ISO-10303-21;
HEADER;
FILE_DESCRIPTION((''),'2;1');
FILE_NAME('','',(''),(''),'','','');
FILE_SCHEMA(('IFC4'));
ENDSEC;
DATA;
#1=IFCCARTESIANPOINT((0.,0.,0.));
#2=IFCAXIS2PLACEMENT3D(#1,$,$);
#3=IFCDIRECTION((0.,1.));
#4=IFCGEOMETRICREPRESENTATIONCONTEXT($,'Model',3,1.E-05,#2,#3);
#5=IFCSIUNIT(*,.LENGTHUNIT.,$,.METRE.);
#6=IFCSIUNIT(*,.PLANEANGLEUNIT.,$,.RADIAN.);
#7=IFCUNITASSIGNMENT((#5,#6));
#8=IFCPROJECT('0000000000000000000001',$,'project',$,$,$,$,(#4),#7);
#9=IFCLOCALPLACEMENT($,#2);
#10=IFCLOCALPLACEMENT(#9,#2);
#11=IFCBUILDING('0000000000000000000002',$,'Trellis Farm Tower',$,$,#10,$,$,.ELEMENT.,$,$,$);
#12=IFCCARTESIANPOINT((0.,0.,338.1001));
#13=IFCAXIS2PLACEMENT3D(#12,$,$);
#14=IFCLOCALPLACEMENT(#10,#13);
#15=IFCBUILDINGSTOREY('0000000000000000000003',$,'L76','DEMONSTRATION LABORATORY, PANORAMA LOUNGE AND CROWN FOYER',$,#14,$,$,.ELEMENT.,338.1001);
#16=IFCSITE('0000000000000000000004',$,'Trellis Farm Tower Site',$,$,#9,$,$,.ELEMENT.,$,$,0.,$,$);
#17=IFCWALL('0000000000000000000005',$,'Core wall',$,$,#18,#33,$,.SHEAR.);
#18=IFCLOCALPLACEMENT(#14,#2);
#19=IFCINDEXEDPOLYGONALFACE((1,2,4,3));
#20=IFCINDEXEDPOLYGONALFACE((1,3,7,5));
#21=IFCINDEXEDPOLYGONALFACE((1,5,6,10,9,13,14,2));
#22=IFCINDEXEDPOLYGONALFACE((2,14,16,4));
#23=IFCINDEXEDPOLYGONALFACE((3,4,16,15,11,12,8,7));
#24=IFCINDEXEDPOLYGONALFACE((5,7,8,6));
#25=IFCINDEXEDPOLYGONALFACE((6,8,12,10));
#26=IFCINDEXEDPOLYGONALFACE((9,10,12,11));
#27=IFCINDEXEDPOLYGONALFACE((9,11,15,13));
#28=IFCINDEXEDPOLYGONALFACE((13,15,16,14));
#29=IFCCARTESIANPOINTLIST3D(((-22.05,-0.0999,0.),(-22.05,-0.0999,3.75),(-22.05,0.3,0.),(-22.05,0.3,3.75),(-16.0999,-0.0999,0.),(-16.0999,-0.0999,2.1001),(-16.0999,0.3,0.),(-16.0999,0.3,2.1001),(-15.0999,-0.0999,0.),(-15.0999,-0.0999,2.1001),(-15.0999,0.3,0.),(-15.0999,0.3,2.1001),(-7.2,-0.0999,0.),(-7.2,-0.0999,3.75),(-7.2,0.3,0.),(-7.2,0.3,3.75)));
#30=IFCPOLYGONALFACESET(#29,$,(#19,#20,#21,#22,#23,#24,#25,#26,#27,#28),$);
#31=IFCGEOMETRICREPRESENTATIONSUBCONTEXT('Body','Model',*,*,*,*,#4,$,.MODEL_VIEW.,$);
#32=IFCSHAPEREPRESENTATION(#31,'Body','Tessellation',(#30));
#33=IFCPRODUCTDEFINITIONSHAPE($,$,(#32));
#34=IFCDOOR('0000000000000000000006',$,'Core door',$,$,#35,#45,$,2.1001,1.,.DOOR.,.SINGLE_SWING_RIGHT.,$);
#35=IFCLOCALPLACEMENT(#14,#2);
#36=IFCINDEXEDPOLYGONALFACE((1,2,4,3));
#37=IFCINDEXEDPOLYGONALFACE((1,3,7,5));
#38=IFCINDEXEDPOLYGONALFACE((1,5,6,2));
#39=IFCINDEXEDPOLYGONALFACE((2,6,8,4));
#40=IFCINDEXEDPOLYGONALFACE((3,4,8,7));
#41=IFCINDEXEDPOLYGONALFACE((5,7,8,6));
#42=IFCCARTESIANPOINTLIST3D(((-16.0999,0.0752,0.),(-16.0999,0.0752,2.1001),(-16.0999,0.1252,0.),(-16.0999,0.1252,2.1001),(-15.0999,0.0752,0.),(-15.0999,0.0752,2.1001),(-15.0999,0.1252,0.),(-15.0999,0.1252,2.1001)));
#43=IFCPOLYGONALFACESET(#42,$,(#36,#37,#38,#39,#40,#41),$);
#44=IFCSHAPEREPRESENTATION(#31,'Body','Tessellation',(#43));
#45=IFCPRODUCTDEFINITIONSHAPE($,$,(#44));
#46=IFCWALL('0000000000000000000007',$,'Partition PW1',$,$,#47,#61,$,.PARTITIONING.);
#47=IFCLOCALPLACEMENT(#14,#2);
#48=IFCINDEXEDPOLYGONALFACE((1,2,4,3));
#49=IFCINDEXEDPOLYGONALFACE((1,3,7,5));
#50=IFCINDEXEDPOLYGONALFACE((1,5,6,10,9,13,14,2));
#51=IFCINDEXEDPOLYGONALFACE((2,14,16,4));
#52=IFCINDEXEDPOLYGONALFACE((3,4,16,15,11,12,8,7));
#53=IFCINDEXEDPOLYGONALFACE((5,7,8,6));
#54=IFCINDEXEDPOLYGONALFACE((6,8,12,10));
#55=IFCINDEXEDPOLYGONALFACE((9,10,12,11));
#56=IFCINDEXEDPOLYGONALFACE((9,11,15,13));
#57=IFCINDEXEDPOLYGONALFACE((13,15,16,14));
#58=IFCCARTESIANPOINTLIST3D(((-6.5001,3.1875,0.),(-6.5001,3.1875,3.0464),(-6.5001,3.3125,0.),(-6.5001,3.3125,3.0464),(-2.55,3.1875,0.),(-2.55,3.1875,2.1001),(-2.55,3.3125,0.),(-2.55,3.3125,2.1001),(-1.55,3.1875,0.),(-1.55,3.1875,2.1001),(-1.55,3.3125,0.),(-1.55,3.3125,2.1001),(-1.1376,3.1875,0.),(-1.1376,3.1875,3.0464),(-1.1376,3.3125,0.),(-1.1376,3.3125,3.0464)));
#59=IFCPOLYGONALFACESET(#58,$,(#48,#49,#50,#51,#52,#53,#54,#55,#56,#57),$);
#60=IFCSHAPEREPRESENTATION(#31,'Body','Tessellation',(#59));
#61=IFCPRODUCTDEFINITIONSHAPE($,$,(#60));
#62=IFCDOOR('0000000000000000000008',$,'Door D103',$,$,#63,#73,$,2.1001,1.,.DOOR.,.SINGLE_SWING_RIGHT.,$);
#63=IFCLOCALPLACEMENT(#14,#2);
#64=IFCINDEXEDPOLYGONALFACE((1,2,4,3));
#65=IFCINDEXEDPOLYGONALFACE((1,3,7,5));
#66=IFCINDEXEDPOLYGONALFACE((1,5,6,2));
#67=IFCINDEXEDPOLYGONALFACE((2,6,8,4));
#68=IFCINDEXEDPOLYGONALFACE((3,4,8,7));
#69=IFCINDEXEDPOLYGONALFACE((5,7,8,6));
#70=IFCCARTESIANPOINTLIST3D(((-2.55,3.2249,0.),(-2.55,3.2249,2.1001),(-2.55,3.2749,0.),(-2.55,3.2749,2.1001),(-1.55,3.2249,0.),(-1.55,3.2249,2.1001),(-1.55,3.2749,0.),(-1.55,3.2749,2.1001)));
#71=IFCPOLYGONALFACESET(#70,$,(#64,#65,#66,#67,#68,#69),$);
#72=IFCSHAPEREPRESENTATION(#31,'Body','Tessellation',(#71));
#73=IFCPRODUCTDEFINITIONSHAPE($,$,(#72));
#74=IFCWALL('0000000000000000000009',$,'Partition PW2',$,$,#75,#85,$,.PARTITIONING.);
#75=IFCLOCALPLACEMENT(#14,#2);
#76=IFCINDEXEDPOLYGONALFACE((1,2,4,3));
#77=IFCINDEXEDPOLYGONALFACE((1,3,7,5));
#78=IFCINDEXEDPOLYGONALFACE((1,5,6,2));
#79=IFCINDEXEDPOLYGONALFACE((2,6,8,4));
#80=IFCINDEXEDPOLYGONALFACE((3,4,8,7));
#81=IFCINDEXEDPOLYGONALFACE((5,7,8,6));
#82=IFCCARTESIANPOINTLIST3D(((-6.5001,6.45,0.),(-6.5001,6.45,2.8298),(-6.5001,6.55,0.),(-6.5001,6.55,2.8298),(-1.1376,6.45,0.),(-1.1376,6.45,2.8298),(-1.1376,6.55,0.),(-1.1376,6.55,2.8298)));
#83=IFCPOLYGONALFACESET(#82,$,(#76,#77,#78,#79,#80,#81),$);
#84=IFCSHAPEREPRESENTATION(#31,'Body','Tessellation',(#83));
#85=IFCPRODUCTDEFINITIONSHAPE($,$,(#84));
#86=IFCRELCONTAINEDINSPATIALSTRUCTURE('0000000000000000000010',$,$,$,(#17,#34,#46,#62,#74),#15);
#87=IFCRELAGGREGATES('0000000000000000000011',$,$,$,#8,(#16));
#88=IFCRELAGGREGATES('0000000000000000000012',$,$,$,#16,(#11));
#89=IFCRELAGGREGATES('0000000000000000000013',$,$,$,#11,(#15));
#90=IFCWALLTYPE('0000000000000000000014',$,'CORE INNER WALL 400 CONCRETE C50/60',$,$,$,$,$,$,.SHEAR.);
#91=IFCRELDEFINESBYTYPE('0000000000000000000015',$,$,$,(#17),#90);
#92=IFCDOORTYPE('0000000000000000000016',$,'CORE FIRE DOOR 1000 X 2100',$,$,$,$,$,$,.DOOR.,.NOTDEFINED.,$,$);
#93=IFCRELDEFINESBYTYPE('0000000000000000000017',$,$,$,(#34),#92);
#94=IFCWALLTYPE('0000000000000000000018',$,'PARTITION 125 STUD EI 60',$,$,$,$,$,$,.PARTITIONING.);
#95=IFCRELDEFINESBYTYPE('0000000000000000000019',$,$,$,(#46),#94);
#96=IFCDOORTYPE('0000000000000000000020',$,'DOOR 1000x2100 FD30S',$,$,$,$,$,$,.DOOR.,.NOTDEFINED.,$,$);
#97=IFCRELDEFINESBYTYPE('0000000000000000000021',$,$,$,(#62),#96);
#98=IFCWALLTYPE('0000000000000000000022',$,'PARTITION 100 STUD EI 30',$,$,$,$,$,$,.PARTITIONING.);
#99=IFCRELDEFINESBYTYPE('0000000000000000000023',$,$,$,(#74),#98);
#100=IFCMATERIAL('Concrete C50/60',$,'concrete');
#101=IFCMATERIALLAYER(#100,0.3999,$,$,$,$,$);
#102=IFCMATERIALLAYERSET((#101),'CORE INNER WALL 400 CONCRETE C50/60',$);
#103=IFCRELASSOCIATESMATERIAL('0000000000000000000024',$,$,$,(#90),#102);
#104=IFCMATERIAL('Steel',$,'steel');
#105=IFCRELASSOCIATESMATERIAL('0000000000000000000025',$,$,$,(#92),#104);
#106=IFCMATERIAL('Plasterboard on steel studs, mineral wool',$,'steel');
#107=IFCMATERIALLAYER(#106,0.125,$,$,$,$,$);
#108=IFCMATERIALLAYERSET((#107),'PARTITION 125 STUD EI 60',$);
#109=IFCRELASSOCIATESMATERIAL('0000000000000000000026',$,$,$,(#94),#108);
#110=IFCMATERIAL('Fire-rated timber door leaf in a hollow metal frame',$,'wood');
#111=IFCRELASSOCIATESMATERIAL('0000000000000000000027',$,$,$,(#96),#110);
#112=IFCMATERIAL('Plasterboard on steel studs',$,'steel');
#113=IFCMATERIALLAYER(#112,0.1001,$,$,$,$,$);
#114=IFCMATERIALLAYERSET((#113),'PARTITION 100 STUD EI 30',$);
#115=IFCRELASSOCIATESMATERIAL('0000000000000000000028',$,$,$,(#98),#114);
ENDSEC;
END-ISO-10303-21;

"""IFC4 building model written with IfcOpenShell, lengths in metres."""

from ifc_helpers import new_model, si_unit, direction, frame, frame_2d, origin, place, context, subcontext, project, spatial, rectangle, extrude, source, transform, mapped, material, layer, layer_set, type_object, element, fill, save


model = new_model("IFC4")

# Units and contexts
model_context = context("Model", 3, precision=1e-05, world=origin(), true_north=direction((0.0, 1.0)))
body_context = subcontext(model_context, "Body", "Model", "MODEL_VIEW")
ifc_project = project(units=[si_unit("LENGTHUNIT", "METRE"), si_unit("PLANEANGLEUNIT", "RADIAN")], contexts=[model_context])

# Site, building, storey
site_placement = place(None, origin())
site = spatial("IfcSite", under=ifc_project, at=site_placement, Name="Trellis Farm Tower Site", CompositionType="ELEMENT", RefElevation=0.0)
building_placement = place(site_placement, origin())
building = spatial("IfcBuilding", under=site, at=building_placement, Name="Trellis Farm Tower", CompositionType="ELEMENT")
storey_placement = place(building_placement, frame((0.0, 0.0, 338.1001)))
storey = spatial("IfcBuildingStorey", under=building, at=storey_placement, Name="L76", Description="DEMONSTRATION LABORATORY, PANORAMA LOUNGE AND CROWN FOYER", CompositionType="ELEMENT", Elevation=338.1001)

# Shared definitions
ifc_material_1 = material(Name="Concrete C50/60", Category="concrete")

# Shared definitions
ifc_material_2 = material(Name="Steel", Category="steel")

# Shared definitions
ifc_layer_1 = layer(ifc_material_1, 0.3999)
ifc_layer_set_1 = layer_set([ifc_layer_1], Name="CORE INNER WALL 400 CONCRETE C50/60")
wall_type_1 = type_object("IfcWallType", Name="CORE INNER WALL 400 CONCRETE C50/60", PredefinedType="SHEAR", material=ifc_layer_set_1)

# Walls, openings, doors
shared_shape_1 = source(origin(), body_context, "Body", "SweptSolid", [
    extrude(rectangle(XDim=14.8501, YDim=0.3999, at=frame_2d((7.425, 0.0))), origin(), (0.0, 0.0, 1.0), 3.75),
])
wall_1_placement = place(storey_placement, frame((-7.2, 0.1001, 0.0), z_axis=(0.0, 0.0, 1.0), x_axis=(-1.0, 0.0, 0.0)))
wall_1 = element("IfcWall", 1, at=wall_1_placement, inside=storey, type_object=wall_type_1, Name="Core wall", PredefinedType="SHEAR", context=body_context, shape_type="MappedRepresentation", body=[
    mapped(shared_shape_1, transform((0.0, 0.0, 0.0))),
])
shared_shape_2 = source(origin(), body_context, "Body", "SweptSolid", [
    extrude(rectangle(XDim=1.0, YDim=2.1001, at=frame_2d((0.5, 1.05))), frame((0.0, 0.21, 0.0), z_axis=(0.0, -1.0, 0.0), x_axis=(1.0, 0.0, 0.0)), (0.0, 0.0, 1.0), 0.4199),
])
opening_1_placement = place(wall_1_placement, frame((7.8999, 0.0, 0.0)))
opening_1 = element("IfcOpeningElement", 2, at=opening_1_placement, cuts=wall_1, PredefinedType="OPENING", context=body_context, shape_type="MappedRepresentation", body=[
    mapped(shared_shape_2, transform((0.0, 0.0, 0.0))),
])
door_type_1 = type_object("IfcDoorType", Name="CORE FIRE DOOR 1000 X 2100", OperationType="NOTDEFINED", PredefinedType="DOOR", material=ifc_material_2)
shared_shape_3 = source(origin(), body_context, "Body", "SweptSolid", [
    extrude(rectangle(XDim=1.0, YDim=2.1001, at=frame_2d((0.5, 1.05))), frame((0.0, 0.0249, 0.0), z_axis=(0.0, -1.0, 0.0), x_axis=(1.0, 0.0, 0.0)), (0.0, 0.0, 1.0), 0.05),
])
door_1_placement = place(opening_1_placement, origin())
door_1 = element("IfcDoor", 3, at=door_1_placement, inside=storey, type_object=door_type_1, Name="Core door", OperationType="SINGLE_SWING_RIGHT", OverallHeight=2.1001, OverallWidth=1.0, PredefinedType="DOOR", context=body_context, shape_type="MappedRepresentation", body=[
    mapped(shared_shape_3, transform((0.0, 0.0, 0.0))),
])
fill(opening_1, door_1)
ifc_material_3 = material(Name="Plasterboard on steel studs, mineral wool", Category="steel")
ifc_layer_2 = layer(ifc_material_3, 0.125)
ifc_layer_set_2 = layer_set([ifc_layer_2], Name="PARTITION 125 STUD EI 60")
wall_type_2 = type_object("IfcWallType", Name="PARTITION 125 STUD EI 60", PredefinedType="PARTITIONING", material=ifc_layer_set_2)
shared_shape_4 = source(origin(), body_context, "Body", "SweptSolid", [
    extrude(rectangle(XDim=5.3625, YDim=0.125, at=frame_2d((2.6812, 0.0))), origin(), (0.0, 0.0, 1.0), 3.0464),
])
wall_2_placement = place(storey_placement, frame((-6.5, 3.25, 0.0), z_axis=(0.0, 0.0, 1.0), x_axis=(1.0, 0.0, 0.0)))
wall_2 = element("IfcWall", 4, at=wall_2_placement, inside=storey, type_object=wall_type_2, Name="Partition PW1", PredefinedType="PARTITIONING", context=body_context, shape_type="MappedRepresentation", body=[
    mapped(shared_shape_4, transform((0.0, 0.0, 0.0))),
])
shared_shape_5 = source(origin(), body_context, "Body", "SweptSolid", [
    extrude(rectangle(XDim=1.0, YDim=2.1001, at=frame_2d((0.5, 1.05))), frame((0.0, 0.0725, 0.0), z_axis=(0.0, -1.0, 0.0), x_axis=(1.0, 0.0, 0.0)), (0.0, 0.0, 1.0), 0.145),
])
opening_2_placement = place(wall_2_placement, frame((3.95, 0.0, 0.0)))
opening_2 = element("IfcOpeningElement", 5, at=opening_2_placement, cuts=wall_2, PredefinedType="OPENING", context=body_context, shape_type="MappedRepresentation", body=[
    mapped(shared_shape_5, transform((0.0, 0.0, 0.0))),
])
ifc_material_4 = material(Name="Fire-rated timber door leaf in a hollow metal frame", Category="wood")
door_type_2 = type_object("IfcDoorType", Name="DOOR 1000x2100 FD30S", OperationType="NOTDEFINED", PredefinedType="DOOR", material=ifc_material_4)
door_2_placement = place(opening_2_placement, origin())
door_2 = element("IfcDoor", 6, at=door_2_placement, inside=storey, type_object=door_type_2, Name="Door D103", OperationType="SINGLE_SWING_RIGHT", OverallHeight=2.1001, OverallWidth=1.0, PredefinedType="DOOR", context=body_context, shape_type="MappedRepresentation", body=[
    mapped(shared_shape_3, transform((0.0, 0.0, 0.0))),
])
fill(opening_2, door_2)

# Wall
ifc_material_5 = material(Name="Plasterboard on steel studs", Category="steel")
ifc_layer_3 = layer(ifc_material_5, 0.1001)
ifc_layer_set_3 = layer_set([ifc_layer_3], Name="PARTITION 100 STUD EI 30")
wall_type_3 = type_object("IfcWallType", Name="PARTITION 100 STUD EI 30", PredefinedType="PARTITIONING", material=ifc_layer_set_3)
shared_shape_6 = source(origin(), body_context, "Body", "SweptSolid", [
    extrude(rectangle(XDim=5.3625, YDim=0.1001, at=frame_2d((2.6812, 0.0))), origin(), (0.0, 0.0, 1.0), 2.8298),
])
wall_3_placement = place(storey_placement, frame((-6.5, 6.5, 0.0), z_axis=(0.0, 0.0, 1.0), x_axis=(1.0, 0.0, 0.0)))
element("IfcWall", 7, at=wall_3_placement, inside=storey, type_object=wall_type_3, Name="Partition PW2", PredefinedType="PARTITIONING", context=body_context, shape_type="MappedRepresentation", body=[
    mapped(shared_shape_6, transform((0.0, 0.0, 0.0))),
])

save(model, "model.ifc")
